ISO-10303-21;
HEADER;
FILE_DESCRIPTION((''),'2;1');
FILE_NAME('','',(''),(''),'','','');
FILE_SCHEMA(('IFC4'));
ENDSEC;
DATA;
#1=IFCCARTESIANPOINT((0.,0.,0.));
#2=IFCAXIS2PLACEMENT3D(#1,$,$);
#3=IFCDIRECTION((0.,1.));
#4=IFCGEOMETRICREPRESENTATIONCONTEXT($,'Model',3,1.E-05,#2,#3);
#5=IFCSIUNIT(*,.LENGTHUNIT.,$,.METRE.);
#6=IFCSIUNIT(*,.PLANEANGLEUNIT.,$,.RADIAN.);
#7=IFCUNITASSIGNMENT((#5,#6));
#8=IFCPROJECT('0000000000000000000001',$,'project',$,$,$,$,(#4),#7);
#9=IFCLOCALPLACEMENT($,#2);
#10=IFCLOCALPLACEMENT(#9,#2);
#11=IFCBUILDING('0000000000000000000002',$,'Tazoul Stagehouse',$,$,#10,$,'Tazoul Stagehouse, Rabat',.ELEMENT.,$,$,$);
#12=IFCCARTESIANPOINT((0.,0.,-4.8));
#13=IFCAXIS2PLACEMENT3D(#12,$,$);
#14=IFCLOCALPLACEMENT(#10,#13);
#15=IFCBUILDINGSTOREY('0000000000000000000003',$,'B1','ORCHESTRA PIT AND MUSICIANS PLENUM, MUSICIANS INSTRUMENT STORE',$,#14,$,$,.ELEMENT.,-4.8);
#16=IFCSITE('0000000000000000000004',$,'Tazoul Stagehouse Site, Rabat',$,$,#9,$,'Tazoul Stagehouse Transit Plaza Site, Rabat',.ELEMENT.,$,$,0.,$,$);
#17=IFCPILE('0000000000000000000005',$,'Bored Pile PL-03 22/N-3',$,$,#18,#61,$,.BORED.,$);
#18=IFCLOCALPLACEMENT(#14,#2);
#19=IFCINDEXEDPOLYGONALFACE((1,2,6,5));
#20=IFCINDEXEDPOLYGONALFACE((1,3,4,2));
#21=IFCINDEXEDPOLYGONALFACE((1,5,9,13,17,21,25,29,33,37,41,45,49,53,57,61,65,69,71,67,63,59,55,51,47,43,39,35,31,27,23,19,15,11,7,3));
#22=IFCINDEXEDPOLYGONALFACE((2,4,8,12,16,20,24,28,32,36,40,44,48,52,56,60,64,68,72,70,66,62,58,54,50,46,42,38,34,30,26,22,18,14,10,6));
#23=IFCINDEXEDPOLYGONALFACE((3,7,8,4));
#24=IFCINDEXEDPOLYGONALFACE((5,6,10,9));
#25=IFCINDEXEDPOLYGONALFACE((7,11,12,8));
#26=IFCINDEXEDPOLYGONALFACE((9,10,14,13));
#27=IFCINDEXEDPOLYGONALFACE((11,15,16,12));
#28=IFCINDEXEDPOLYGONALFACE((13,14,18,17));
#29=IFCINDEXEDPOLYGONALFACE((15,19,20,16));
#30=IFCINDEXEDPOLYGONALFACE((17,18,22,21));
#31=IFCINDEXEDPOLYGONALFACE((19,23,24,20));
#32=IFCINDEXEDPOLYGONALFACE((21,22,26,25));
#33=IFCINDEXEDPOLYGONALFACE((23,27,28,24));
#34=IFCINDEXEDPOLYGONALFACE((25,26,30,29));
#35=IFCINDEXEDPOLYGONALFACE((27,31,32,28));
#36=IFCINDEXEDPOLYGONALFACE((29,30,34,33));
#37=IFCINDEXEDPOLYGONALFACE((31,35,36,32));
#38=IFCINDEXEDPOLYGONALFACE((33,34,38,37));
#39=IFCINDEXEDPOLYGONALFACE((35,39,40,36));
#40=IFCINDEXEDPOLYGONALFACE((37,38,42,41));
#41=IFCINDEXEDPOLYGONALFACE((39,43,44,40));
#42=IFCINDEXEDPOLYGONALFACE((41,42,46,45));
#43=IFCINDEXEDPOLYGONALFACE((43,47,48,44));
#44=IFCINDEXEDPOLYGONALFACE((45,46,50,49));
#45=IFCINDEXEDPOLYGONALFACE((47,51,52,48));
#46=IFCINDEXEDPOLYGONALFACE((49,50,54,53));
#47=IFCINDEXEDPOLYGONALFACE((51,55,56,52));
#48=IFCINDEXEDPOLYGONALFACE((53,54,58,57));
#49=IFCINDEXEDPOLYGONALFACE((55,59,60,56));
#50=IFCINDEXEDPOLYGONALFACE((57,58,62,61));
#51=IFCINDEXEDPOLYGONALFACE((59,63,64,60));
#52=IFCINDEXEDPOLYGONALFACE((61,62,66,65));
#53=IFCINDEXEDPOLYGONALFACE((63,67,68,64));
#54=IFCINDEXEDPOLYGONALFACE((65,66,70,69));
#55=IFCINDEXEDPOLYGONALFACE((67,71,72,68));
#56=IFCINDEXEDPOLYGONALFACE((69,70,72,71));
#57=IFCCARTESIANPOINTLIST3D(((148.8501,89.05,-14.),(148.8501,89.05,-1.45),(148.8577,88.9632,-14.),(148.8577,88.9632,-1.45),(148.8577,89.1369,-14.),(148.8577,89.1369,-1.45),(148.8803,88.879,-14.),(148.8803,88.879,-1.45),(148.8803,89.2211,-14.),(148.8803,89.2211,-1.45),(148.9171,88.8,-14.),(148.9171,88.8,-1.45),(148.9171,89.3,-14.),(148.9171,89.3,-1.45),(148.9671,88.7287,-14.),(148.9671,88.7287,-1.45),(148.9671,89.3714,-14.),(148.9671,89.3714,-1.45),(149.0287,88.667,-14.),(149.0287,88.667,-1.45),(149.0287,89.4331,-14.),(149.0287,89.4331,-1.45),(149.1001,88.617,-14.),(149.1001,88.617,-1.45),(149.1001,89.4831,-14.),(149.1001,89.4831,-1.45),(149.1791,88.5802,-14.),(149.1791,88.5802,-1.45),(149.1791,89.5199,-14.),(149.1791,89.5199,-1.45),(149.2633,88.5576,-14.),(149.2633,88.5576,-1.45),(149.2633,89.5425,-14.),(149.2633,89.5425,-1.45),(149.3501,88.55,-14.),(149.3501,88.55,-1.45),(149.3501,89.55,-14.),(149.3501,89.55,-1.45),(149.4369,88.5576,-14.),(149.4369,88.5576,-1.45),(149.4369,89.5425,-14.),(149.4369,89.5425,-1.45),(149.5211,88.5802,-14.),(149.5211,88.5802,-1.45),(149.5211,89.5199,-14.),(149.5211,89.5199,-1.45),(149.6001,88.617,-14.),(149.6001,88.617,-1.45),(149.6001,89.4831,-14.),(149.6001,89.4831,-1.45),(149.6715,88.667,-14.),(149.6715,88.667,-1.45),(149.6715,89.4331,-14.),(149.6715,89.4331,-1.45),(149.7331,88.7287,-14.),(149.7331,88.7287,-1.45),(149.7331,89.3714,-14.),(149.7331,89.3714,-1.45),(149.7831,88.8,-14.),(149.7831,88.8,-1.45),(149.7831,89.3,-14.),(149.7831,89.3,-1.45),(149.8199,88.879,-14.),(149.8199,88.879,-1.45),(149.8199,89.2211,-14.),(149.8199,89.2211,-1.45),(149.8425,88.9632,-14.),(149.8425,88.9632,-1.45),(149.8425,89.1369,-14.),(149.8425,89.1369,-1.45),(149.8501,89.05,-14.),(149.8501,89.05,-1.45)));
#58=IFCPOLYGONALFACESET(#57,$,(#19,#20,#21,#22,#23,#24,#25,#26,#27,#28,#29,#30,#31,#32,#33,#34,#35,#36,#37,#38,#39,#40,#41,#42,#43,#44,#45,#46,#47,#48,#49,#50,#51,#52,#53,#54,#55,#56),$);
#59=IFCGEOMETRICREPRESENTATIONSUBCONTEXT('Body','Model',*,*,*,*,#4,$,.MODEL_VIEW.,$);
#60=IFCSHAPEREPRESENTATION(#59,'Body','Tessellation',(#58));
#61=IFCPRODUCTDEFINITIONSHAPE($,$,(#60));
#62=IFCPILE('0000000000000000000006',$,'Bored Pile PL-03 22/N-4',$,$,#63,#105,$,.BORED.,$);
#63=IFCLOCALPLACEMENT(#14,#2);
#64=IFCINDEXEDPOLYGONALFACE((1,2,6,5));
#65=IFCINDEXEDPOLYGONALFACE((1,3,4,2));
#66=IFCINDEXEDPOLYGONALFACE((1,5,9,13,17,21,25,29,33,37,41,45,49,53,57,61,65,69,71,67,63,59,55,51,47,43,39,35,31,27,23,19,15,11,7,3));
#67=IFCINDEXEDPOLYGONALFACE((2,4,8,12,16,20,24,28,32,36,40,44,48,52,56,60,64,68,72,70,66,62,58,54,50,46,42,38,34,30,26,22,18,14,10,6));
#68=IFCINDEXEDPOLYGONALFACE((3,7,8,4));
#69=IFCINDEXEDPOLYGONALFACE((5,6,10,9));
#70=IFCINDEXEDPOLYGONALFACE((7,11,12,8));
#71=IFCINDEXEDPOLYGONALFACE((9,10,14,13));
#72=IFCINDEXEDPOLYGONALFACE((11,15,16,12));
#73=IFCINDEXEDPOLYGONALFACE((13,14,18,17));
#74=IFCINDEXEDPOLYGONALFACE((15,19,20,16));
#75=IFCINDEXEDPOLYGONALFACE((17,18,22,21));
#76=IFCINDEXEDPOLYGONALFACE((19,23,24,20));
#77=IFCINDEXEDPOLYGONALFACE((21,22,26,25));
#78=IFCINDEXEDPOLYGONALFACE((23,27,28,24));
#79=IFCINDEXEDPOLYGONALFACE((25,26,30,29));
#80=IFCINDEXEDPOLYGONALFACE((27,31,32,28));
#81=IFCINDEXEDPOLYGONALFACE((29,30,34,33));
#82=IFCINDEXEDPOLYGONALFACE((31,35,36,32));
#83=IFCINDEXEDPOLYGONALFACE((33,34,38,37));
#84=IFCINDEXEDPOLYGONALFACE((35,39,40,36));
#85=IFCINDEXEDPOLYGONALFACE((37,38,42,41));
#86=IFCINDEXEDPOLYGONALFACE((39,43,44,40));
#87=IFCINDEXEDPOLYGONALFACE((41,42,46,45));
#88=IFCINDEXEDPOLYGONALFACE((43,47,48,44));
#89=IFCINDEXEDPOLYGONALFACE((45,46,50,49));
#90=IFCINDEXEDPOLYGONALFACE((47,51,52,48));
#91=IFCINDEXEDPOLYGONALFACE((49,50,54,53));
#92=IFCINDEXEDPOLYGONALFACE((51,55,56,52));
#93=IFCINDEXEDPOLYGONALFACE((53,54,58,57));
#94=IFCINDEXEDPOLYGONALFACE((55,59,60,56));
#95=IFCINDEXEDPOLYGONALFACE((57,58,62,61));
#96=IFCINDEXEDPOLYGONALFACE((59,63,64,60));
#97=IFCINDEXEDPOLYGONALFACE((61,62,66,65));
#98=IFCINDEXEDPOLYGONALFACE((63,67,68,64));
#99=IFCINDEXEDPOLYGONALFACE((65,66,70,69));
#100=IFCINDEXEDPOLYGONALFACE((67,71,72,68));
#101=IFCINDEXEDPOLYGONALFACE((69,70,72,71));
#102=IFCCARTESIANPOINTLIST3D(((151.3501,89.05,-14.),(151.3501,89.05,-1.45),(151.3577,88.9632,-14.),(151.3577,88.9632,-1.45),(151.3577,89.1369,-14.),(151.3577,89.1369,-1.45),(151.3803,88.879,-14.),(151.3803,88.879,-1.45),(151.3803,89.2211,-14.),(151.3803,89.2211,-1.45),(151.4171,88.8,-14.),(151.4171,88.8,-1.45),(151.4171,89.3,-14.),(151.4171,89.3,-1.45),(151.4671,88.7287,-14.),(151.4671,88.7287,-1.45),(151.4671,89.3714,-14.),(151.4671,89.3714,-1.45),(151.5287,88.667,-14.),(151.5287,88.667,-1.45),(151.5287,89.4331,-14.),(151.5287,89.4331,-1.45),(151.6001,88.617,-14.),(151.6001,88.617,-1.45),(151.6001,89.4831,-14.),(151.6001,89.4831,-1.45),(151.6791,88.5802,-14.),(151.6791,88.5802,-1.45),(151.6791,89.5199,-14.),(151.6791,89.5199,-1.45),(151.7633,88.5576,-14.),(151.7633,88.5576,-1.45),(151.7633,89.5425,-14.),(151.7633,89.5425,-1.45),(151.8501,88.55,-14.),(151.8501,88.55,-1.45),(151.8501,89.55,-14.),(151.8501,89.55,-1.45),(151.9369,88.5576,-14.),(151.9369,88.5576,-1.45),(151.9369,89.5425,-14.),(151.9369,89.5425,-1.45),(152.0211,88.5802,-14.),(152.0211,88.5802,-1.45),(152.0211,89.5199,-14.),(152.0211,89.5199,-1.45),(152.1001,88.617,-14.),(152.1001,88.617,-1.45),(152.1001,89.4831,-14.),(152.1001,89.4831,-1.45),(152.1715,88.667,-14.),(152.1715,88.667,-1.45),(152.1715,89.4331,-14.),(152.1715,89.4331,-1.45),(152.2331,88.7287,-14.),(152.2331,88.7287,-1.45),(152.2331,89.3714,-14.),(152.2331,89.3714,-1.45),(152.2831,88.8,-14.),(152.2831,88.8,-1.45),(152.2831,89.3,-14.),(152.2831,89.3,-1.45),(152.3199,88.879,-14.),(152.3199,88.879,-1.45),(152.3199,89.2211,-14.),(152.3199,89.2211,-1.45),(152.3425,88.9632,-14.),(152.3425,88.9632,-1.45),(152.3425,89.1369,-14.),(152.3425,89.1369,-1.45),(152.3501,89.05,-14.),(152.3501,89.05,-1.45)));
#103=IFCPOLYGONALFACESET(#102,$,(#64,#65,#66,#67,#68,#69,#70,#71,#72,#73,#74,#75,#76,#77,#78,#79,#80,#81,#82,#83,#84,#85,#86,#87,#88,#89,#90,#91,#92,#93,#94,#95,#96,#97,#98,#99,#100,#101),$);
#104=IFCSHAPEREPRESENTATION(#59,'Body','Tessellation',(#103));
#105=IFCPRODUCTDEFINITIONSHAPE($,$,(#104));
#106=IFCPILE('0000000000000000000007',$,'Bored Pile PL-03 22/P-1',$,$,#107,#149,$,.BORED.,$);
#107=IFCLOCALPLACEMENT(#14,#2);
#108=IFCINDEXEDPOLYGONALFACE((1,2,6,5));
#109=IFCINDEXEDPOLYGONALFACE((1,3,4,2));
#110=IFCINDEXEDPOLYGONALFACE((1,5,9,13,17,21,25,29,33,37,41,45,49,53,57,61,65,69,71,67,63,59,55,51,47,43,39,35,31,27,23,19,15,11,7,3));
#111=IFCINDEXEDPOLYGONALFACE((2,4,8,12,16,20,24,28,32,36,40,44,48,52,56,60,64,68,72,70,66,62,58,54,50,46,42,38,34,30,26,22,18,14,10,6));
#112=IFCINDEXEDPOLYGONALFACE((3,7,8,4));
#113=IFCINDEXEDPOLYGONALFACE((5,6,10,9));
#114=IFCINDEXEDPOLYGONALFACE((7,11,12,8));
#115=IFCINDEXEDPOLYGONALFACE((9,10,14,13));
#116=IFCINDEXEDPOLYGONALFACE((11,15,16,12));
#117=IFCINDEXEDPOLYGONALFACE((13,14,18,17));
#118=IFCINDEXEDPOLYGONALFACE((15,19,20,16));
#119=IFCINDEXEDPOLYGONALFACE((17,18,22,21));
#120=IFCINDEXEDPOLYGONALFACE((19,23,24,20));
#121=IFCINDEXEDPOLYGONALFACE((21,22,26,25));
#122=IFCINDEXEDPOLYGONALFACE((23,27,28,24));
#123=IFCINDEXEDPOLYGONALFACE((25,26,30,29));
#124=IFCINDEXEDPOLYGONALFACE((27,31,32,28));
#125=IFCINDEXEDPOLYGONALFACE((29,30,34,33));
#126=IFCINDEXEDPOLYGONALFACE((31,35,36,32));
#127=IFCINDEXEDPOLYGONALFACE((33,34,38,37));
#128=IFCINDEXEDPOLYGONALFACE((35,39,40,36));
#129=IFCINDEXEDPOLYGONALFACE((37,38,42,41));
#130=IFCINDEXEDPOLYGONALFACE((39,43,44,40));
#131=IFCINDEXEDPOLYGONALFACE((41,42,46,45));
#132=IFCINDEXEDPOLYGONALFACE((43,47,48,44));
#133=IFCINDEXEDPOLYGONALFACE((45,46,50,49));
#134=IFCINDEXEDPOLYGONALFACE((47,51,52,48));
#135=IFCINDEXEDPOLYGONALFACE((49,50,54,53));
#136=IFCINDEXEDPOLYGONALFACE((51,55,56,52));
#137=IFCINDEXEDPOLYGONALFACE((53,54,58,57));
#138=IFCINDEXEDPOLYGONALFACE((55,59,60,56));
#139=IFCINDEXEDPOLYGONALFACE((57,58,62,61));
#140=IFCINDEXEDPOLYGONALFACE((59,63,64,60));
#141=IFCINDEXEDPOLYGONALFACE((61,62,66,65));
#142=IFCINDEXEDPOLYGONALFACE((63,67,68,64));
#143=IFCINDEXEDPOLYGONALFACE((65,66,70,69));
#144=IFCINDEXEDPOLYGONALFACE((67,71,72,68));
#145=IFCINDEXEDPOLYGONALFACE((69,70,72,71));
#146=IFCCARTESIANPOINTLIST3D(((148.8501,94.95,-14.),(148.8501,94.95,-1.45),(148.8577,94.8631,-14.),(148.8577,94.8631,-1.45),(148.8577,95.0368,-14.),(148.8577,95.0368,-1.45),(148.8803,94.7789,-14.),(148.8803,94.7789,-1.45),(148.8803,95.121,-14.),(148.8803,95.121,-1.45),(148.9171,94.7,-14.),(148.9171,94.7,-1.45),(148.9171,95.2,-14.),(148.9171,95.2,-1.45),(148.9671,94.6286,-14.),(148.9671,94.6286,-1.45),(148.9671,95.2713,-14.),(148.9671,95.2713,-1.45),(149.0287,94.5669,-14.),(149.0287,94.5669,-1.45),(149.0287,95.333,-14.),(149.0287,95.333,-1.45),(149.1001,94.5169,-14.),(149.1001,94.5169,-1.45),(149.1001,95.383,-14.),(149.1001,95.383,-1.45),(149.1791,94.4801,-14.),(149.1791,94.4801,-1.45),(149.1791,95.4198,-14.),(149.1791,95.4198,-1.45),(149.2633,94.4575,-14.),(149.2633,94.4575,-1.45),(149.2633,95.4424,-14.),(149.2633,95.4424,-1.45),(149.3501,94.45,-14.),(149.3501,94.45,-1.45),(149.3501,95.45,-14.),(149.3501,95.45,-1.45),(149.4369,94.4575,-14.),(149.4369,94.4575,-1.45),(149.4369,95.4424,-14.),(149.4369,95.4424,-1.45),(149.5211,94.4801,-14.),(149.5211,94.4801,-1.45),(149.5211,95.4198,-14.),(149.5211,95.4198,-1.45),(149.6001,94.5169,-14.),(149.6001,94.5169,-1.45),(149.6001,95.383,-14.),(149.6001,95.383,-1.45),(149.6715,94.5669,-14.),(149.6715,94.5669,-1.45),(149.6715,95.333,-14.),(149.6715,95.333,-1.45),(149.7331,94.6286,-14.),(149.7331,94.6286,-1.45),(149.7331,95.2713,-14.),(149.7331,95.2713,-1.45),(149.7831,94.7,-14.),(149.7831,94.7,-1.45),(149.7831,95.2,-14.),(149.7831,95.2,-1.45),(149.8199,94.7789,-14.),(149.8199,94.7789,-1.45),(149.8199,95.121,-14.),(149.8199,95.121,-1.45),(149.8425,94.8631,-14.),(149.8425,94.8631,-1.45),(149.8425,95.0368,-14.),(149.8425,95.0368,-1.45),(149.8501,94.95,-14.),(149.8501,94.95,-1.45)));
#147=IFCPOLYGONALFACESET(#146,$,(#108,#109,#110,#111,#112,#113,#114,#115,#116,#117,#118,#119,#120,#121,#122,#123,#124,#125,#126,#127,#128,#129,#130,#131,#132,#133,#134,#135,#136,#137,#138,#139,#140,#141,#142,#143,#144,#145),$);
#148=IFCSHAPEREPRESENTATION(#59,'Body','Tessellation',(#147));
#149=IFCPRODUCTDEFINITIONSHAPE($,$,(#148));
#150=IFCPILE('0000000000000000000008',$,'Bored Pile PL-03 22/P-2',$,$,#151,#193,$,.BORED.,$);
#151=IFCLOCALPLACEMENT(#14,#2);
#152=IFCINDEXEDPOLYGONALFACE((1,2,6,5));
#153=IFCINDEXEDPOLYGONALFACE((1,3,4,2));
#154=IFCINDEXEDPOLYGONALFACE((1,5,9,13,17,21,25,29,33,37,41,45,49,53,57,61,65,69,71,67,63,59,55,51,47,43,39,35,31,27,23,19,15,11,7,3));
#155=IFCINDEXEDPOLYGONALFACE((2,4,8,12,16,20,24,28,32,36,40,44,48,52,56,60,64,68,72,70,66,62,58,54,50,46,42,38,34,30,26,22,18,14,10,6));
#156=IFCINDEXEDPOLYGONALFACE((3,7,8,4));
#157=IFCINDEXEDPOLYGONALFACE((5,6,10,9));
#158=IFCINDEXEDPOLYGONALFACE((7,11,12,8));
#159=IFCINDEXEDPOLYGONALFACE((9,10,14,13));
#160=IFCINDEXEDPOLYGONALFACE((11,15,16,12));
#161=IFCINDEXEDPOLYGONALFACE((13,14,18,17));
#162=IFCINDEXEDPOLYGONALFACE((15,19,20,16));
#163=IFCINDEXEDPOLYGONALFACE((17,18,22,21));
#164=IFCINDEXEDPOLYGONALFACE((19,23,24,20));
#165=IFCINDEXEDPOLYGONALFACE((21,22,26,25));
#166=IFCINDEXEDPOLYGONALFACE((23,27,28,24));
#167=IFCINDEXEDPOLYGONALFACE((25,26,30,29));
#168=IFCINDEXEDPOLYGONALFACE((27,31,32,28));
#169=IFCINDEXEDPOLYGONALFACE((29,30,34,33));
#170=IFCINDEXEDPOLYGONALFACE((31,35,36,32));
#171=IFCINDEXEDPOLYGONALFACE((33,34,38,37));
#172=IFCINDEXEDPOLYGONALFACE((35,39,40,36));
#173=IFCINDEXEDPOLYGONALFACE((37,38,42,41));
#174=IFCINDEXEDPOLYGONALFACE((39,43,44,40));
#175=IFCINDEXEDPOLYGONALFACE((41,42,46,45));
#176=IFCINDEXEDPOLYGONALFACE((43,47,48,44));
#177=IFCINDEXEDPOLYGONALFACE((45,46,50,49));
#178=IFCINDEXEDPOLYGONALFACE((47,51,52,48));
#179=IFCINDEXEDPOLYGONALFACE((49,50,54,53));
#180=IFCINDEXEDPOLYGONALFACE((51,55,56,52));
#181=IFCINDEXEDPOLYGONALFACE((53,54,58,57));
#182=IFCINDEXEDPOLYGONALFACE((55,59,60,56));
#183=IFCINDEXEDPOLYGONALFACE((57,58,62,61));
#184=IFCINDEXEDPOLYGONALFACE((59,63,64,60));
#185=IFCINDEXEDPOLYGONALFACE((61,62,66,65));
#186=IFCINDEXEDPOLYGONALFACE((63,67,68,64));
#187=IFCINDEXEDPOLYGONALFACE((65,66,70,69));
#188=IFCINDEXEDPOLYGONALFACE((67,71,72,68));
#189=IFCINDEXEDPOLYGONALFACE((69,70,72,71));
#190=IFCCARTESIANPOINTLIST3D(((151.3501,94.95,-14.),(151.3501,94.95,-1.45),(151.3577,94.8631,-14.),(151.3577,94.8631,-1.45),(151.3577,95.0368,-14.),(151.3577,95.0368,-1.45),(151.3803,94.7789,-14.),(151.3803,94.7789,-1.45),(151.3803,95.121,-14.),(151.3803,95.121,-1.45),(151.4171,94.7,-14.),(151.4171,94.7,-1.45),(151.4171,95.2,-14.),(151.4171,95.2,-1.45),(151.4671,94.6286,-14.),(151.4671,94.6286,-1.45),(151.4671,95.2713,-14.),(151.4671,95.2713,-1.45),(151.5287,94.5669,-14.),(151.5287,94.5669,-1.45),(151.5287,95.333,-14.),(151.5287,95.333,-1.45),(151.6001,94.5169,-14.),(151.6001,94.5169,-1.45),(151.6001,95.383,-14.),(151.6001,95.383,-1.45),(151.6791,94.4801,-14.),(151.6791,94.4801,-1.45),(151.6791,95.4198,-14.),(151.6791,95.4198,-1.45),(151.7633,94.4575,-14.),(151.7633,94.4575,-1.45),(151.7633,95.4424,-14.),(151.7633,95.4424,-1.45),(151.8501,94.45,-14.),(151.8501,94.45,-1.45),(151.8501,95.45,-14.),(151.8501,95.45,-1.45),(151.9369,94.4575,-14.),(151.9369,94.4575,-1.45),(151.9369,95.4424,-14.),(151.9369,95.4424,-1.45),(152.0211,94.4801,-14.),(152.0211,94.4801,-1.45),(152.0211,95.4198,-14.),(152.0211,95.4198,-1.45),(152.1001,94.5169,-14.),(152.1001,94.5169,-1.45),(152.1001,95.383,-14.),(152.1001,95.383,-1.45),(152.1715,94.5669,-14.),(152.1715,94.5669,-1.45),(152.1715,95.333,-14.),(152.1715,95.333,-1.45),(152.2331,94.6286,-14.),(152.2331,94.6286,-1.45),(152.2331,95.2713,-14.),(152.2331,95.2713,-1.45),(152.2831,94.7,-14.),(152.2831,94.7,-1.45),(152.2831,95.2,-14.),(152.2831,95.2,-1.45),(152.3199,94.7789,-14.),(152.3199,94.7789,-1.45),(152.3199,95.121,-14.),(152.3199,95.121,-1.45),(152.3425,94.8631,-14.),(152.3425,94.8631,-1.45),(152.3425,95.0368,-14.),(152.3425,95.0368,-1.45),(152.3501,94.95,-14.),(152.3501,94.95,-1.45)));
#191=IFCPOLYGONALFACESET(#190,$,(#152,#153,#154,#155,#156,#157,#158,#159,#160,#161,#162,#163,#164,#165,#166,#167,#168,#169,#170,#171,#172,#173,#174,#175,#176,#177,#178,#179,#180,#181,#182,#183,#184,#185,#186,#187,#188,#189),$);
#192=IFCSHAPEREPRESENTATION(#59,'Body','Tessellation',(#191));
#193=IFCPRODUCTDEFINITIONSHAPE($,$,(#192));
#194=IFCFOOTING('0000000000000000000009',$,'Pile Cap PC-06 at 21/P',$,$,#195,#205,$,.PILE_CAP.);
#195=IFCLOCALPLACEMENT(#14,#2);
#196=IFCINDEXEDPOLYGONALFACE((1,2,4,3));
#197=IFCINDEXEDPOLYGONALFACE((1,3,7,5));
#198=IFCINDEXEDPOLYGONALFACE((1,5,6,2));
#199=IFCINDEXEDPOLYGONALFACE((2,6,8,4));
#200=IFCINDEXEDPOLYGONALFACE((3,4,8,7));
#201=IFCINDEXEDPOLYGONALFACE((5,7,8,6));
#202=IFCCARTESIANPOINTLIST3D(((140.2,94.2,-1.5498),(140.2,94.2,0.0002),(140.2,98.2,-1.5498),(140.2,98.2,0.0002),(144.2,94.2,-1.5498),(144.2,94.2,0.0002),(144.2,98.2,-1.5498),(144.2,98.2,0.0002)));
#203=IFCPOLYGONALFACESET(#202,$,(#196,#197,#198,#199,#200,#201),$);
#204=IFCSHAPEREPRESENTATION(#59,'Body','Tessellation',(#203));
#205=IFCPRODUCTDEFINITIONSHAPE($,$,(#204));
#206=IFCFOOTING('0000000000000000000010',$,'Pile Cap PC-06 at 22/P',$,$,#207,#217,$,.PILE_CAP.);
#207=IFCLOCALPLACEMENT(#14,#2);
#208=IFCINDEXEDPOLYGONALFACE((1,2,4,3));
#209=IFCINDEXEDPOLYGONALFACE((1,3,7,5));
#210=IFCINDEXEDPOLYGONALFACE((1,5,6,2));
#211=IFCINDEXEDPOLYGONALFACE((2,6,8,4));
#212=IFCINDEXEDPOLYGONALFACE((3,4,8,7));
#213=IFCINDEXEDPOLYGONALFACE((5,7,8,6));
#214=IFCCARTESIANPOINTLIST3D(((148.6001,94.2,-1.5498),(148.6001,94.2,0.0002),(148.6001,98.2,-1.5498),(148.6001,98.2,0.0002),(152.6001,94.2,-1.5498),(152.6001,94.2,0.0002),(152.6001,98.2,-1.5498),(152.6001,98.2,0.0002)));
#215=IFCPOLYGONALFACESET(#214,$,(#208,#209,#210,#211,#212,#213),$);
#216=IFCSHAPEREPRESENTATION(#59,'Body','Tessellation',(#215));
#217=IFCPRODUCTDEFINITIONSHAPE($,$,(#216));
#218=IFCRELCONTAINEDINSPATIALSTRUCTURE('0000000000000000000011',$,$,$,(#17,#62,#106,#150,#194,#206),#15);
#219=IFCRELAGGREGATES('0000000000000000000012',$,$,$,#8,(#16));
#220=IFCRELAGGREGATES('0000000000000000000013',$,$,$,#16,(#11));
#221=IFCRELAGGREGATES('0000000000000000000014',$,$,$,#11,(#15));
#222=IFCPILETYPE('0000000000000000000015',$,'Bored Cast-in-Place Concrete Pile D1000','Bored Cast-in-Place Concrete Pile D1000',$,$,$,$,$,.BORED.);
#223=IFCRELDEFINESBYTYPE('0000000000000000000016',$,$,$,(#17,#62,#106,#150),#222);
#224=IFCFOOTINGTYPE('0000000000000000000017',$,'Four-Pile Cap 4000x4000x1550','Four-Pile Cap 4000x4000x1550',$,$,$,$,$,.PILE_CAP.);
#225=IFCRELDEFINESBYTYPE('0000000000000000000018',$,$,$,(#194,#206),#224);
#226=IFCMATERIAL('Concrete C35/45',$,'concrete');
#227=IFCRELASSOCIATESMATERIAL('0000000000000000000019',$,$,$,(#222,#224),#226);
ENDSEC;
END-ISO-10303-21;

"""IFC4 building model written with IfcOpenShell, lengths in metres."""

from ifc_helpers import new_model, si_unit, direction, frame, origin, origin_2d, place, context, subcontext, project, spatial, rectangle, circle, extrude, material, material_profile, profile_set, type_object, element, save


model = new_model("IFC4")

# Units and contexts
model_context = context("Model", 3, precision=1e-05, world=origin(), true_north=direction((0.0, 1.0)))
body_context = subcontext(model_context, "Body", "Model", "MODEL_VIEW")
ifc_project = project(units=[si_unit("LENGTHUNIT", "METRE"), si_unit("PLANEANGLEUNIT", "RADIAN")], contexts=[model_context])

# Site, building, storey
site_placement = place(None, origin())
site = spatial("IfcSite", under=ifc_project, at=site_placement, Name="Tazoul Stagehouse Site, Rabat", LongName="Tazoul Stagehouse Transit Plaza Site, Rabat", CompositionType="ELEMENT", RefElevation=0.0)
building_placement = place(site_placement, origin())
building = spatial("IfcBuilding", under=site, at=building_placement, Name="Tazoul Stagehouse", LongName="Tazoul Stagehouse, Rabat", CompositionType="ELEMENT")
storey_placement = place(building_placement, frame((0.0, 0.0, -4.8)))
storey = spatial("IfcBuildingStorey", under=building, at=storey_placement, Name="B1", Description="ORCHESTRA PIT AND MUSICIANS PLENUM, MUSICIANS INSTRUMENT STORE", CompositionType="ELEMENT", Elevation=-4.8)

# Piles
ifc_material_1 = material(Name="Concrete C35/45", Category="concrete")
ifc_material_profile_1 = material_profile(ifc_material_1, circle(Radius=0.5, at=origin_2d()), Name="BORED PILE 1000")
ifc_profile_set_1 = profile_set([ifc_material_profile_1], Name="Concrete C35/45")
pile_type = type_object("IfcPileType", Name="Bored Cast-in-Place Concrete Pile D1000", Description="Bored Cast-in-Place Concrete Pile D1000", PredefinedType="BORED", material=ifc_profile_set_1)
for number, where, z_axis, x_axis, name in (
    (1, (149.3501, 89.05, -1.45), (0.0, 0.0, -1.0), (1.0, 0.0, 0.0), "Bored Pile PL-03 22/N-3"),
    (2, (151.8501, 89.05, -1.45), (0.0, 0.0, -1.0), (1.0, 0.0, 0.0), "Bored Pile PL-03 22/N-4"),
    (3, (149.3501, 94.95, -1.45), (0.0, 0.0, -1.0), (1.0, 0.0, 0.0), "Bored Pile PL-03 22/P-1"),
    (4, (151.8501, 94.95, -1.45), (0.0, 0.0, -1.0), (1.0, 0.0, 0.0), "Bored Pile PL-03 22/P-2"),
):
    element("IfcPile", number, at=place(storey_placement, frame(where, z_axis=z_axis, x_axis=x_axis)), inside=storey, type_object=pile_type, Name=name, PredefinedType="BORED", context=body_context, shape_type="SweptSolid", body=[
        extrude(circle(Radius=0.5, at=origin_2d()), origin(), (0.0, 0.0, 1.0), 12.55),
    ])

# Footings
footing_type_1 = type_object("IfcFootingType", Name="Four-Pile Cap 4000x4000x1550", Description="Four-Pile Cap 4000x4000x1550", PredefinedType="PILE_CAP", material=ifc_material_1)
for number, where, z_axis, x_axis, name in (
    (5, (142.2, 96.2, -1.5498), (0.0, 0.0, 1.0), (1.0, 0.0, 0.0), "Pile Cap PC-06 at 21/P"),
    (6, (150.6001, 96.2, -1.5498), (0.0, 0.0, 1.0), (1.0, 0.0, 0.0), "Pile Cap PC-06 at 22/P"),
):
    element("IfcFooting", number, at=place(storey_placement, frame(where, z_axis=z_axis, x_axis=x_axis)), inside=storey, type_object=footing_type_1, Name=name, PredefinedType="PILE_CAP", context=body_context, shape_type="SweptSolid", body=[
        extrude(rectangle(XDim=4.0, YDim=4.0, at=origin_2d()), origin(), (0.0, 0.0, 1.0), 1.55),
    ])

save(model, "model.ifc")
